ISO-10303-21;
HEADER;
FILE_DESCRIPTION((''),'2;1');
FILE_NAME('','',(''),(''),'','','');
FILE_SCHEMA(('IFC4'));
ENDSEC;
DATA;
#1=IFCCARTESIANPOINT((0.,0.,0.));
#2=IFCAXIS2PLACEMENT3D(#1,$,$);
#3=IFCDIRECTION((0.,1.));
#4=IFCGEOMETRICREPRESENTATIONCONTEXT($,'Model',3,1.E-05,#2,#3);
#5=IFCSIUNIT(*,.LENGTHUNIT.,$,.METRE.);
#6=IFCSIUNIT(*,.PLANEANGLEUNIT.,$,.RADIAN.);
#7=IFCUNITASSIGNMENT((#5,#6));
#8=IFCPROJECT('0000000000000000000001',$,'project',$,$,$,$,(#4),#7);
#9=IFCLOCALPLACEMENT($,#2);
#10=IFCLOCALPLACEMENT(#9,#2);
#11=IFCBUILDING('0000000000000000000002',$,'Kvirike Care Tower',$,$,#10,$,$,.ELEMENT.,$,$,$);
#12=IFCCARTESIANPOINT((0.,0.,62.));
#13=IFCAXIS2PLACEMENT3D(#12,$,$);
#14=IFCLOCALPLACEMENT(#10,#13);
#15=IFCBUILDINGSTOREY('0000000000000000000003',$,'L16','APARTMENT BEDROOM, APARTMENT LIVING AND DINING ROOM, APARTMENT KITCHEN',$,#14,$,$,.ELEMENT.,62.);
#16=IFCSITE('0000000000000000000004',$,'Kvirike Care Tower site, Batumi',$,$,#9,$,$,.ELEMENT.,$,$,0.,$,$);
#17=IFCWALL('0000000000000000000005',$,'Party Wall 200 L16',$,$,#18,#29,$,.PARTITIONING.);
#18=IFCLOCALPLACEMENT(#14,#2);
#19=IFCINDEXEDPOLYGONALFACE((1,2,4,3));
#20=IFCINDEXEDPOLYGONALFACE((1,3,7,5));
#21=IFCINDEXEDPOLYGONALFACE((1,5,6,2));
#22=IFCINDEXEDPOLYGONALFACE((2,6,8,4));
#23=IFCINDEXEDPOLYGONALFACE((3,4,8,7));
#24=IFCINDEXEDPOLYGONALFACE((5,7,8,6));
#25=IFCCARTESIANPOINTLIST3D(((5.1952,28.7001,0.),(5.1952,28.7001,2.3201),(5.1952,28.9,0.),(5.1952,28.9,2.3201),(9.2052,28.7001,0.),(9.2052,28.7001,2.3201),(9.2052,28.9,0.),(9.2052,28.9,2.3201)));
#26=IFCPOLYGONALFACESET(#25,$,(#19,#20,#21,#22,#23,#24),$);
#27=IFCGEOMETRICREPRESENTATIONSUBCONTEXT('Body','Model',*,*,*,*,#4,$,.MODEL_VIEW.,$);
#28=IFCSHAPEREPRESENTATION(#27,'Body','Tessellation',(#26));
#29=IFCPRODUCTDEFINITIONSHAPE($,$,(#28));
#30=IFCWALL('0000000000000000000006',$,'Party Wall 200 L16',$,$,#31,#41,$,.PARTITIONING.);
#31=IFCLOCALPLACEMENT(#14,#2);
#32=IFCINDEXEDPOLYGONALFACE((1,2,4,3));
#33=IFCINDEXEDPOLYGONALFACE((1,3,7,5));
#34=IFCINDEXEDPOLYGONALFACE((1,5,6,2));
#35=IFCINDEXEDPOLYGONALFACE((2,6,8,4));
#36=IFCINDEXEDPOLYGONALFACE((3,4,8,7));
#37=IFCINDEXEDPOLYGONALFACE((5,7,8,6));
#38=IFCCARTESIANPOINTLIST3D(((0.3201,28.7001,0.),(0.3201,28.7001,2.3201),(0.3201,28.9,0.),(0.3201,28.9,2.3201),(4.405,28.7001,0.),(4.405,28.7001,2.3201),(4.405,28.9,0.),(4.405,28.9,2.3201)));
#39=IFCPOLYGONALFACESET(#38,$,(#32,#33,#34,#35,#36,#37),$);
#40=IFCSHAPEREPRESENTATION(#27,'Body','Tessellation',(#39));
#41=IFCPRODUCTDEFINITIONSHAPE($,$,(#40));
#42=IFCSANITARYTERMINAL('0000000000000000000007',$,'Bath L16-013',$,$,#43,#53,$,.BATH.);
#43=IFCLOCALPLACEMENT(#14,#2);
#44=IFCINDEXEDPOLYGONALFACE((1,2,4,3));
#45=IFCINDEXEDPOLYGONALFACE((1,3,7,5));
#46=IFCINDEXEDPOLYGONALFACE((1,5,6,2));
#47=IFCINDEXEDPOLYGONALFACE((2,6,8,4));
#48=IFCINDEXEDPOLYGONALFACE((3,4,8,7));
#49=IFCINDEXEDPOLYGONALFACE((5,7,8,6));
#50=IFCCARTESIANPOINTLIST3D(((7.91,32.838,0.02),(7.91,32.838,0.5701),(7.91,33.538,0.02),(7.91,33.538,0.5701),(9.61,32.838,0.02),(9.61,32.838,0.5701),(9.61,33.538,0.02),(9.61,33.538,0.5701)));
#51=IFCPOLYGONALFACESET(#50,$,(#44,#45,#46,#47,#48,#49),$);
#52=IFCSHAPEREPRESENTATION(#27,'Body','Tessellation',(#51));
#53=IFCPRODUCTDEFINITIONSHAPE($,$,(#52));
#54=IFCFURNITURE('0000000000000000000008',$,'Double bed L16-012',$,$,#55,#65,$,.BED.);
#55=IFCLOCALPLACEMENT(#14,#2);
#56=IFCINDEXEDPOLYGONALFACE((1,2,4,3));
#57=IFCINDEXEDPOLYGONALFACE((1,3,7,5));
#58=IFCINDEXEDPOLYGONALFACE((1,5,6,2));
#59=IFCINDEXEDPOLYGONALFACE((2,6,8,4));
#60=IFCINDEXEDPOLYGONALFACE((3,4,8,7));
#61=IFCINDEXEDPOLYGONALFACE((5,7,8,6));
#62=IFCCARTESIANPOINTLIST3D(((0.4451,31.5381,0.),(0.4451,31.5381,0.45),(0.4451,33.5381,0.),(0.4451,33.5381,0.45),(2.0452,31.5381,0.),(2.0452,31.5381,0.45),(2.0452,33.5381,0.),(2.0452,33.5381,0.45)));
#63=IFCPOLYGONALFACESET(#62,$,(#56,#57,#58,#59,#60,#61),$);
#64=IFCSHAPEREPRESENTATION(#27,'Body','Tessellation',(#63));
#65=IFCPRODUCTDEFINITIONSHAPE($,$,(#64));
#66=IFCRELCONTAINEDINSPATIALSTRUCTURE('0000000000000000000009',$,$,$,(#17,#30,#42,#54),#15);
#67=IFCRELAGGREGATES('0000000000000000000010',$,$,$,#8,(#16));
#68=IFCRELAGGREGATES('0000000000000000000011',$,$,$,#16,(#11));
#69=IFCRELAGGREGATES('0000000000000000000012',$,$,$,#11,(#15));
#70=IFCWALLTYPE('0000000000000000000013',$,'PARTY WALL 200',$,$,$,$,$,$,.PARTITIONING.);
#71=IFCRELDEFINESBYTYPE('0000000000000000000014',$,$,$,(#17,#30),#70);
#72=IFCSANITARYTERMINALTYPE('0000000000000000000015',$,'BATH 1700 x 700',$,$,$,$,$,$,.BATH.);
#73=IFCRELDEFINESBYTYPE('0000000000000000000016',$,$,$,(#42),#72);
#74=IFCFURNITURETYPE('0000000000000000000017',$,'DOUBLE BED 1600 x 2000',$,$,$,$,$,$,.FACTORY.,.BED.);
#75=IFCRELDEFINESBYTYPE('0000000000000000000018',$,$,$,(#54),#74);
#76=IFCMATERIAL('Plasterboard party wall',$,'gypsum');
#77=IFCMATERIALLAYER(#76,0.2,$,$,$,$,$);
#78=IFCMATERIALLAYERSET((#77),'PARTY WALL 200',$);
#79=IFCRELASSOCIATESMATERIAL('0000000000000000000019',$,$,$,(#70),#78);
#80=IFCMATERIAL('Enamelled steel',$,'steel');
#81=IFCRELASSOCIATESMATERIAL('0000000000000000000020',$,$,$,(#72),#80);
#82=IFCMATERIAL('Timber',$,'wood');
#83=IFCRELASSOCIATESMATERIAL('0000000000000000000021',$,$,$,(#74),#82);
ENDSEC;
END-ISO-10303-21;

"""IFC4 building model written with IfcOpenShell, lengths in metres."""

from ifc_helpers import new_model, si_unit, direction, frame, frame_2d, origin, origin_2d, place, context, subcontext, project, spatial, rectangle, extrude, material, layer, layer_set, type_object, element, save


model = new_model("IFC4")

# Units and contexts
model_context = context("Model", 3, precision=1e-05, world=origin(), true_north=direction((0.0, 1.0)))
body_context = subcontext(model_context, "Body", "Model", "MODEL_VIEW")
ifc_project = project(units=[si_unit("LENGTHUNIT", "METRE"), si_unit("PLANEANGLEUNIT", "RADIAN")], contexts=[model_context])

# Site, building, storey
site_placement = place(None, origin())
site = spatial("IfcSite", under=ifc_project, at=site_placement, Name="Kvirike Care Tower site, Batumi", CompositionType="ELEMENT", RefElevation=0.0)
building_placement = place(site_placement, origin())
building = spatial("IfcBuilding", under=site, at=building_placement, Name="Kvirike Care Tower", CompositionType="ELEMENT")
storey_placement = place(building_placement, frame((0.0, 0.0, 62.0)))
storey = spatial("IfcBuildingStorey", under=building, at=storey_placement, Name="L16", Description="APARTMENT BEDROOM, APARTMENT LIVING AND DINING ROOM, APARTMENT KITCHEN", CompositionType="ELEMENT", Elevation=62.0)

# Walls
ifc_material_1 = material(Name="Plasterboard party wall", Category="gypsum")
ifc_layer_1 = layer(ifc_material_1, 0.2)
ifc_layer_set_1 = layer_set([ifc_layer_1], Name="PARTY WALL 200")
wall_type_1 = type_object("IfcWallType", Name="PARTY WALL 200", PredefinedType="PARTITIONING", material=ifc_layer_set_1)
wall_1_placement = place(storey_placement, frame((9.2051, 28.8, 0.0), z_axis=(0.0, 0.0, 1.0), x_axis=(-1.0, 0.0, 0.0)))
element("IfcWall", 1, at=wall_1_placement, inside=storey, type_object=wall_type_1, Name="Party Wall 200 L16", PredefinedType="PARTITIONING", context=body_context, shape_type="SweptSolid", body=[
    extrude(rectangle(XDim=4.01, YDim=0.2, at=frame_2d((2.0049, 0.0))), origin(), (0.0, 0.0, 1.0), 2.3201),
])
wall_2_placement = place(storey_placement, frame((4.405, 28.8, 0.0), z_axis=(0.0, 0.0, 1.0), x_axis=(-1.0, 0.0, 0.0)))
element("IfcWall", 2, at=wall_2_placement, inside=storey, type_object=wall_type_1, Name="Party Wall 200 L16", PredefinedType="PARTITIONING", context=body_context, shape_type="SweptSolid", body=[
    extrude(rectangle(XDim=4.085, YDim=0.2, at=frame_2d((2.0425, 0.0))), origin(), (0.0, 0.0, 1.0), 2.3201),
])

# Sanitary terminal
ifc_material_2 = material(Name="Enamelled steel", Category="steel")
sanitary_terminal_type = type_object("IfcSanitaryTerminalType", Name="BATH 1700 x 700", PredefinedType="BATH", material=ifc_material_2)
sanitary_terminal_placement = place(storey_placement, frame((8.76, 33.188, 0.02), z_axis=(0.0, 0.0, 1.0), x_axis=(1.0, 0.0, 0.0)))
element("IfcSanitaryTerminal", 3, at=sanitary_terminal_placement, inside=storey, type_object=sanitary_terminal_type, Name="Bath L16-013", PredefinedType="BATH", context=body_context, shape_type="SweptSolid", body=[
    extrude(rectangle(XDim=1.7, YDim=0.7, at=origin_2d()), origin(), (0.0, 0.0, 1.0), 0.55),
])

# Furniture
ifc_material_3 = material(Name="Timber", Category="wood")
furniture_type = type_object("IfcFurnitureType", Name="DOUBLE BED 1600 x 2000", AssemblyPlace="FACTORY", PredefinedType="BED", material=ifc_material_3)
furniture_placement = place(storey_placement, frame((1.2451, 32.5381, 0.0), z_axis=(0.0, 0.0, 1.0), x_axis=(1.0, 0.0, 0.0)))
element("IfcFurniture", 4, at=furniture_placement, inside=storey, type_object=furniture_type, Name="Double bed L16-012", PredefinedType="BED", context=body_context, shape_type="SweptSolid", body=[
    extrude(rectangle(XDim=1.6001, YDim=2.0, at=origin_2d()), origin(), (0.0, 0.0, 1.0), 0.45),
])

save(model, "model.ifc")
